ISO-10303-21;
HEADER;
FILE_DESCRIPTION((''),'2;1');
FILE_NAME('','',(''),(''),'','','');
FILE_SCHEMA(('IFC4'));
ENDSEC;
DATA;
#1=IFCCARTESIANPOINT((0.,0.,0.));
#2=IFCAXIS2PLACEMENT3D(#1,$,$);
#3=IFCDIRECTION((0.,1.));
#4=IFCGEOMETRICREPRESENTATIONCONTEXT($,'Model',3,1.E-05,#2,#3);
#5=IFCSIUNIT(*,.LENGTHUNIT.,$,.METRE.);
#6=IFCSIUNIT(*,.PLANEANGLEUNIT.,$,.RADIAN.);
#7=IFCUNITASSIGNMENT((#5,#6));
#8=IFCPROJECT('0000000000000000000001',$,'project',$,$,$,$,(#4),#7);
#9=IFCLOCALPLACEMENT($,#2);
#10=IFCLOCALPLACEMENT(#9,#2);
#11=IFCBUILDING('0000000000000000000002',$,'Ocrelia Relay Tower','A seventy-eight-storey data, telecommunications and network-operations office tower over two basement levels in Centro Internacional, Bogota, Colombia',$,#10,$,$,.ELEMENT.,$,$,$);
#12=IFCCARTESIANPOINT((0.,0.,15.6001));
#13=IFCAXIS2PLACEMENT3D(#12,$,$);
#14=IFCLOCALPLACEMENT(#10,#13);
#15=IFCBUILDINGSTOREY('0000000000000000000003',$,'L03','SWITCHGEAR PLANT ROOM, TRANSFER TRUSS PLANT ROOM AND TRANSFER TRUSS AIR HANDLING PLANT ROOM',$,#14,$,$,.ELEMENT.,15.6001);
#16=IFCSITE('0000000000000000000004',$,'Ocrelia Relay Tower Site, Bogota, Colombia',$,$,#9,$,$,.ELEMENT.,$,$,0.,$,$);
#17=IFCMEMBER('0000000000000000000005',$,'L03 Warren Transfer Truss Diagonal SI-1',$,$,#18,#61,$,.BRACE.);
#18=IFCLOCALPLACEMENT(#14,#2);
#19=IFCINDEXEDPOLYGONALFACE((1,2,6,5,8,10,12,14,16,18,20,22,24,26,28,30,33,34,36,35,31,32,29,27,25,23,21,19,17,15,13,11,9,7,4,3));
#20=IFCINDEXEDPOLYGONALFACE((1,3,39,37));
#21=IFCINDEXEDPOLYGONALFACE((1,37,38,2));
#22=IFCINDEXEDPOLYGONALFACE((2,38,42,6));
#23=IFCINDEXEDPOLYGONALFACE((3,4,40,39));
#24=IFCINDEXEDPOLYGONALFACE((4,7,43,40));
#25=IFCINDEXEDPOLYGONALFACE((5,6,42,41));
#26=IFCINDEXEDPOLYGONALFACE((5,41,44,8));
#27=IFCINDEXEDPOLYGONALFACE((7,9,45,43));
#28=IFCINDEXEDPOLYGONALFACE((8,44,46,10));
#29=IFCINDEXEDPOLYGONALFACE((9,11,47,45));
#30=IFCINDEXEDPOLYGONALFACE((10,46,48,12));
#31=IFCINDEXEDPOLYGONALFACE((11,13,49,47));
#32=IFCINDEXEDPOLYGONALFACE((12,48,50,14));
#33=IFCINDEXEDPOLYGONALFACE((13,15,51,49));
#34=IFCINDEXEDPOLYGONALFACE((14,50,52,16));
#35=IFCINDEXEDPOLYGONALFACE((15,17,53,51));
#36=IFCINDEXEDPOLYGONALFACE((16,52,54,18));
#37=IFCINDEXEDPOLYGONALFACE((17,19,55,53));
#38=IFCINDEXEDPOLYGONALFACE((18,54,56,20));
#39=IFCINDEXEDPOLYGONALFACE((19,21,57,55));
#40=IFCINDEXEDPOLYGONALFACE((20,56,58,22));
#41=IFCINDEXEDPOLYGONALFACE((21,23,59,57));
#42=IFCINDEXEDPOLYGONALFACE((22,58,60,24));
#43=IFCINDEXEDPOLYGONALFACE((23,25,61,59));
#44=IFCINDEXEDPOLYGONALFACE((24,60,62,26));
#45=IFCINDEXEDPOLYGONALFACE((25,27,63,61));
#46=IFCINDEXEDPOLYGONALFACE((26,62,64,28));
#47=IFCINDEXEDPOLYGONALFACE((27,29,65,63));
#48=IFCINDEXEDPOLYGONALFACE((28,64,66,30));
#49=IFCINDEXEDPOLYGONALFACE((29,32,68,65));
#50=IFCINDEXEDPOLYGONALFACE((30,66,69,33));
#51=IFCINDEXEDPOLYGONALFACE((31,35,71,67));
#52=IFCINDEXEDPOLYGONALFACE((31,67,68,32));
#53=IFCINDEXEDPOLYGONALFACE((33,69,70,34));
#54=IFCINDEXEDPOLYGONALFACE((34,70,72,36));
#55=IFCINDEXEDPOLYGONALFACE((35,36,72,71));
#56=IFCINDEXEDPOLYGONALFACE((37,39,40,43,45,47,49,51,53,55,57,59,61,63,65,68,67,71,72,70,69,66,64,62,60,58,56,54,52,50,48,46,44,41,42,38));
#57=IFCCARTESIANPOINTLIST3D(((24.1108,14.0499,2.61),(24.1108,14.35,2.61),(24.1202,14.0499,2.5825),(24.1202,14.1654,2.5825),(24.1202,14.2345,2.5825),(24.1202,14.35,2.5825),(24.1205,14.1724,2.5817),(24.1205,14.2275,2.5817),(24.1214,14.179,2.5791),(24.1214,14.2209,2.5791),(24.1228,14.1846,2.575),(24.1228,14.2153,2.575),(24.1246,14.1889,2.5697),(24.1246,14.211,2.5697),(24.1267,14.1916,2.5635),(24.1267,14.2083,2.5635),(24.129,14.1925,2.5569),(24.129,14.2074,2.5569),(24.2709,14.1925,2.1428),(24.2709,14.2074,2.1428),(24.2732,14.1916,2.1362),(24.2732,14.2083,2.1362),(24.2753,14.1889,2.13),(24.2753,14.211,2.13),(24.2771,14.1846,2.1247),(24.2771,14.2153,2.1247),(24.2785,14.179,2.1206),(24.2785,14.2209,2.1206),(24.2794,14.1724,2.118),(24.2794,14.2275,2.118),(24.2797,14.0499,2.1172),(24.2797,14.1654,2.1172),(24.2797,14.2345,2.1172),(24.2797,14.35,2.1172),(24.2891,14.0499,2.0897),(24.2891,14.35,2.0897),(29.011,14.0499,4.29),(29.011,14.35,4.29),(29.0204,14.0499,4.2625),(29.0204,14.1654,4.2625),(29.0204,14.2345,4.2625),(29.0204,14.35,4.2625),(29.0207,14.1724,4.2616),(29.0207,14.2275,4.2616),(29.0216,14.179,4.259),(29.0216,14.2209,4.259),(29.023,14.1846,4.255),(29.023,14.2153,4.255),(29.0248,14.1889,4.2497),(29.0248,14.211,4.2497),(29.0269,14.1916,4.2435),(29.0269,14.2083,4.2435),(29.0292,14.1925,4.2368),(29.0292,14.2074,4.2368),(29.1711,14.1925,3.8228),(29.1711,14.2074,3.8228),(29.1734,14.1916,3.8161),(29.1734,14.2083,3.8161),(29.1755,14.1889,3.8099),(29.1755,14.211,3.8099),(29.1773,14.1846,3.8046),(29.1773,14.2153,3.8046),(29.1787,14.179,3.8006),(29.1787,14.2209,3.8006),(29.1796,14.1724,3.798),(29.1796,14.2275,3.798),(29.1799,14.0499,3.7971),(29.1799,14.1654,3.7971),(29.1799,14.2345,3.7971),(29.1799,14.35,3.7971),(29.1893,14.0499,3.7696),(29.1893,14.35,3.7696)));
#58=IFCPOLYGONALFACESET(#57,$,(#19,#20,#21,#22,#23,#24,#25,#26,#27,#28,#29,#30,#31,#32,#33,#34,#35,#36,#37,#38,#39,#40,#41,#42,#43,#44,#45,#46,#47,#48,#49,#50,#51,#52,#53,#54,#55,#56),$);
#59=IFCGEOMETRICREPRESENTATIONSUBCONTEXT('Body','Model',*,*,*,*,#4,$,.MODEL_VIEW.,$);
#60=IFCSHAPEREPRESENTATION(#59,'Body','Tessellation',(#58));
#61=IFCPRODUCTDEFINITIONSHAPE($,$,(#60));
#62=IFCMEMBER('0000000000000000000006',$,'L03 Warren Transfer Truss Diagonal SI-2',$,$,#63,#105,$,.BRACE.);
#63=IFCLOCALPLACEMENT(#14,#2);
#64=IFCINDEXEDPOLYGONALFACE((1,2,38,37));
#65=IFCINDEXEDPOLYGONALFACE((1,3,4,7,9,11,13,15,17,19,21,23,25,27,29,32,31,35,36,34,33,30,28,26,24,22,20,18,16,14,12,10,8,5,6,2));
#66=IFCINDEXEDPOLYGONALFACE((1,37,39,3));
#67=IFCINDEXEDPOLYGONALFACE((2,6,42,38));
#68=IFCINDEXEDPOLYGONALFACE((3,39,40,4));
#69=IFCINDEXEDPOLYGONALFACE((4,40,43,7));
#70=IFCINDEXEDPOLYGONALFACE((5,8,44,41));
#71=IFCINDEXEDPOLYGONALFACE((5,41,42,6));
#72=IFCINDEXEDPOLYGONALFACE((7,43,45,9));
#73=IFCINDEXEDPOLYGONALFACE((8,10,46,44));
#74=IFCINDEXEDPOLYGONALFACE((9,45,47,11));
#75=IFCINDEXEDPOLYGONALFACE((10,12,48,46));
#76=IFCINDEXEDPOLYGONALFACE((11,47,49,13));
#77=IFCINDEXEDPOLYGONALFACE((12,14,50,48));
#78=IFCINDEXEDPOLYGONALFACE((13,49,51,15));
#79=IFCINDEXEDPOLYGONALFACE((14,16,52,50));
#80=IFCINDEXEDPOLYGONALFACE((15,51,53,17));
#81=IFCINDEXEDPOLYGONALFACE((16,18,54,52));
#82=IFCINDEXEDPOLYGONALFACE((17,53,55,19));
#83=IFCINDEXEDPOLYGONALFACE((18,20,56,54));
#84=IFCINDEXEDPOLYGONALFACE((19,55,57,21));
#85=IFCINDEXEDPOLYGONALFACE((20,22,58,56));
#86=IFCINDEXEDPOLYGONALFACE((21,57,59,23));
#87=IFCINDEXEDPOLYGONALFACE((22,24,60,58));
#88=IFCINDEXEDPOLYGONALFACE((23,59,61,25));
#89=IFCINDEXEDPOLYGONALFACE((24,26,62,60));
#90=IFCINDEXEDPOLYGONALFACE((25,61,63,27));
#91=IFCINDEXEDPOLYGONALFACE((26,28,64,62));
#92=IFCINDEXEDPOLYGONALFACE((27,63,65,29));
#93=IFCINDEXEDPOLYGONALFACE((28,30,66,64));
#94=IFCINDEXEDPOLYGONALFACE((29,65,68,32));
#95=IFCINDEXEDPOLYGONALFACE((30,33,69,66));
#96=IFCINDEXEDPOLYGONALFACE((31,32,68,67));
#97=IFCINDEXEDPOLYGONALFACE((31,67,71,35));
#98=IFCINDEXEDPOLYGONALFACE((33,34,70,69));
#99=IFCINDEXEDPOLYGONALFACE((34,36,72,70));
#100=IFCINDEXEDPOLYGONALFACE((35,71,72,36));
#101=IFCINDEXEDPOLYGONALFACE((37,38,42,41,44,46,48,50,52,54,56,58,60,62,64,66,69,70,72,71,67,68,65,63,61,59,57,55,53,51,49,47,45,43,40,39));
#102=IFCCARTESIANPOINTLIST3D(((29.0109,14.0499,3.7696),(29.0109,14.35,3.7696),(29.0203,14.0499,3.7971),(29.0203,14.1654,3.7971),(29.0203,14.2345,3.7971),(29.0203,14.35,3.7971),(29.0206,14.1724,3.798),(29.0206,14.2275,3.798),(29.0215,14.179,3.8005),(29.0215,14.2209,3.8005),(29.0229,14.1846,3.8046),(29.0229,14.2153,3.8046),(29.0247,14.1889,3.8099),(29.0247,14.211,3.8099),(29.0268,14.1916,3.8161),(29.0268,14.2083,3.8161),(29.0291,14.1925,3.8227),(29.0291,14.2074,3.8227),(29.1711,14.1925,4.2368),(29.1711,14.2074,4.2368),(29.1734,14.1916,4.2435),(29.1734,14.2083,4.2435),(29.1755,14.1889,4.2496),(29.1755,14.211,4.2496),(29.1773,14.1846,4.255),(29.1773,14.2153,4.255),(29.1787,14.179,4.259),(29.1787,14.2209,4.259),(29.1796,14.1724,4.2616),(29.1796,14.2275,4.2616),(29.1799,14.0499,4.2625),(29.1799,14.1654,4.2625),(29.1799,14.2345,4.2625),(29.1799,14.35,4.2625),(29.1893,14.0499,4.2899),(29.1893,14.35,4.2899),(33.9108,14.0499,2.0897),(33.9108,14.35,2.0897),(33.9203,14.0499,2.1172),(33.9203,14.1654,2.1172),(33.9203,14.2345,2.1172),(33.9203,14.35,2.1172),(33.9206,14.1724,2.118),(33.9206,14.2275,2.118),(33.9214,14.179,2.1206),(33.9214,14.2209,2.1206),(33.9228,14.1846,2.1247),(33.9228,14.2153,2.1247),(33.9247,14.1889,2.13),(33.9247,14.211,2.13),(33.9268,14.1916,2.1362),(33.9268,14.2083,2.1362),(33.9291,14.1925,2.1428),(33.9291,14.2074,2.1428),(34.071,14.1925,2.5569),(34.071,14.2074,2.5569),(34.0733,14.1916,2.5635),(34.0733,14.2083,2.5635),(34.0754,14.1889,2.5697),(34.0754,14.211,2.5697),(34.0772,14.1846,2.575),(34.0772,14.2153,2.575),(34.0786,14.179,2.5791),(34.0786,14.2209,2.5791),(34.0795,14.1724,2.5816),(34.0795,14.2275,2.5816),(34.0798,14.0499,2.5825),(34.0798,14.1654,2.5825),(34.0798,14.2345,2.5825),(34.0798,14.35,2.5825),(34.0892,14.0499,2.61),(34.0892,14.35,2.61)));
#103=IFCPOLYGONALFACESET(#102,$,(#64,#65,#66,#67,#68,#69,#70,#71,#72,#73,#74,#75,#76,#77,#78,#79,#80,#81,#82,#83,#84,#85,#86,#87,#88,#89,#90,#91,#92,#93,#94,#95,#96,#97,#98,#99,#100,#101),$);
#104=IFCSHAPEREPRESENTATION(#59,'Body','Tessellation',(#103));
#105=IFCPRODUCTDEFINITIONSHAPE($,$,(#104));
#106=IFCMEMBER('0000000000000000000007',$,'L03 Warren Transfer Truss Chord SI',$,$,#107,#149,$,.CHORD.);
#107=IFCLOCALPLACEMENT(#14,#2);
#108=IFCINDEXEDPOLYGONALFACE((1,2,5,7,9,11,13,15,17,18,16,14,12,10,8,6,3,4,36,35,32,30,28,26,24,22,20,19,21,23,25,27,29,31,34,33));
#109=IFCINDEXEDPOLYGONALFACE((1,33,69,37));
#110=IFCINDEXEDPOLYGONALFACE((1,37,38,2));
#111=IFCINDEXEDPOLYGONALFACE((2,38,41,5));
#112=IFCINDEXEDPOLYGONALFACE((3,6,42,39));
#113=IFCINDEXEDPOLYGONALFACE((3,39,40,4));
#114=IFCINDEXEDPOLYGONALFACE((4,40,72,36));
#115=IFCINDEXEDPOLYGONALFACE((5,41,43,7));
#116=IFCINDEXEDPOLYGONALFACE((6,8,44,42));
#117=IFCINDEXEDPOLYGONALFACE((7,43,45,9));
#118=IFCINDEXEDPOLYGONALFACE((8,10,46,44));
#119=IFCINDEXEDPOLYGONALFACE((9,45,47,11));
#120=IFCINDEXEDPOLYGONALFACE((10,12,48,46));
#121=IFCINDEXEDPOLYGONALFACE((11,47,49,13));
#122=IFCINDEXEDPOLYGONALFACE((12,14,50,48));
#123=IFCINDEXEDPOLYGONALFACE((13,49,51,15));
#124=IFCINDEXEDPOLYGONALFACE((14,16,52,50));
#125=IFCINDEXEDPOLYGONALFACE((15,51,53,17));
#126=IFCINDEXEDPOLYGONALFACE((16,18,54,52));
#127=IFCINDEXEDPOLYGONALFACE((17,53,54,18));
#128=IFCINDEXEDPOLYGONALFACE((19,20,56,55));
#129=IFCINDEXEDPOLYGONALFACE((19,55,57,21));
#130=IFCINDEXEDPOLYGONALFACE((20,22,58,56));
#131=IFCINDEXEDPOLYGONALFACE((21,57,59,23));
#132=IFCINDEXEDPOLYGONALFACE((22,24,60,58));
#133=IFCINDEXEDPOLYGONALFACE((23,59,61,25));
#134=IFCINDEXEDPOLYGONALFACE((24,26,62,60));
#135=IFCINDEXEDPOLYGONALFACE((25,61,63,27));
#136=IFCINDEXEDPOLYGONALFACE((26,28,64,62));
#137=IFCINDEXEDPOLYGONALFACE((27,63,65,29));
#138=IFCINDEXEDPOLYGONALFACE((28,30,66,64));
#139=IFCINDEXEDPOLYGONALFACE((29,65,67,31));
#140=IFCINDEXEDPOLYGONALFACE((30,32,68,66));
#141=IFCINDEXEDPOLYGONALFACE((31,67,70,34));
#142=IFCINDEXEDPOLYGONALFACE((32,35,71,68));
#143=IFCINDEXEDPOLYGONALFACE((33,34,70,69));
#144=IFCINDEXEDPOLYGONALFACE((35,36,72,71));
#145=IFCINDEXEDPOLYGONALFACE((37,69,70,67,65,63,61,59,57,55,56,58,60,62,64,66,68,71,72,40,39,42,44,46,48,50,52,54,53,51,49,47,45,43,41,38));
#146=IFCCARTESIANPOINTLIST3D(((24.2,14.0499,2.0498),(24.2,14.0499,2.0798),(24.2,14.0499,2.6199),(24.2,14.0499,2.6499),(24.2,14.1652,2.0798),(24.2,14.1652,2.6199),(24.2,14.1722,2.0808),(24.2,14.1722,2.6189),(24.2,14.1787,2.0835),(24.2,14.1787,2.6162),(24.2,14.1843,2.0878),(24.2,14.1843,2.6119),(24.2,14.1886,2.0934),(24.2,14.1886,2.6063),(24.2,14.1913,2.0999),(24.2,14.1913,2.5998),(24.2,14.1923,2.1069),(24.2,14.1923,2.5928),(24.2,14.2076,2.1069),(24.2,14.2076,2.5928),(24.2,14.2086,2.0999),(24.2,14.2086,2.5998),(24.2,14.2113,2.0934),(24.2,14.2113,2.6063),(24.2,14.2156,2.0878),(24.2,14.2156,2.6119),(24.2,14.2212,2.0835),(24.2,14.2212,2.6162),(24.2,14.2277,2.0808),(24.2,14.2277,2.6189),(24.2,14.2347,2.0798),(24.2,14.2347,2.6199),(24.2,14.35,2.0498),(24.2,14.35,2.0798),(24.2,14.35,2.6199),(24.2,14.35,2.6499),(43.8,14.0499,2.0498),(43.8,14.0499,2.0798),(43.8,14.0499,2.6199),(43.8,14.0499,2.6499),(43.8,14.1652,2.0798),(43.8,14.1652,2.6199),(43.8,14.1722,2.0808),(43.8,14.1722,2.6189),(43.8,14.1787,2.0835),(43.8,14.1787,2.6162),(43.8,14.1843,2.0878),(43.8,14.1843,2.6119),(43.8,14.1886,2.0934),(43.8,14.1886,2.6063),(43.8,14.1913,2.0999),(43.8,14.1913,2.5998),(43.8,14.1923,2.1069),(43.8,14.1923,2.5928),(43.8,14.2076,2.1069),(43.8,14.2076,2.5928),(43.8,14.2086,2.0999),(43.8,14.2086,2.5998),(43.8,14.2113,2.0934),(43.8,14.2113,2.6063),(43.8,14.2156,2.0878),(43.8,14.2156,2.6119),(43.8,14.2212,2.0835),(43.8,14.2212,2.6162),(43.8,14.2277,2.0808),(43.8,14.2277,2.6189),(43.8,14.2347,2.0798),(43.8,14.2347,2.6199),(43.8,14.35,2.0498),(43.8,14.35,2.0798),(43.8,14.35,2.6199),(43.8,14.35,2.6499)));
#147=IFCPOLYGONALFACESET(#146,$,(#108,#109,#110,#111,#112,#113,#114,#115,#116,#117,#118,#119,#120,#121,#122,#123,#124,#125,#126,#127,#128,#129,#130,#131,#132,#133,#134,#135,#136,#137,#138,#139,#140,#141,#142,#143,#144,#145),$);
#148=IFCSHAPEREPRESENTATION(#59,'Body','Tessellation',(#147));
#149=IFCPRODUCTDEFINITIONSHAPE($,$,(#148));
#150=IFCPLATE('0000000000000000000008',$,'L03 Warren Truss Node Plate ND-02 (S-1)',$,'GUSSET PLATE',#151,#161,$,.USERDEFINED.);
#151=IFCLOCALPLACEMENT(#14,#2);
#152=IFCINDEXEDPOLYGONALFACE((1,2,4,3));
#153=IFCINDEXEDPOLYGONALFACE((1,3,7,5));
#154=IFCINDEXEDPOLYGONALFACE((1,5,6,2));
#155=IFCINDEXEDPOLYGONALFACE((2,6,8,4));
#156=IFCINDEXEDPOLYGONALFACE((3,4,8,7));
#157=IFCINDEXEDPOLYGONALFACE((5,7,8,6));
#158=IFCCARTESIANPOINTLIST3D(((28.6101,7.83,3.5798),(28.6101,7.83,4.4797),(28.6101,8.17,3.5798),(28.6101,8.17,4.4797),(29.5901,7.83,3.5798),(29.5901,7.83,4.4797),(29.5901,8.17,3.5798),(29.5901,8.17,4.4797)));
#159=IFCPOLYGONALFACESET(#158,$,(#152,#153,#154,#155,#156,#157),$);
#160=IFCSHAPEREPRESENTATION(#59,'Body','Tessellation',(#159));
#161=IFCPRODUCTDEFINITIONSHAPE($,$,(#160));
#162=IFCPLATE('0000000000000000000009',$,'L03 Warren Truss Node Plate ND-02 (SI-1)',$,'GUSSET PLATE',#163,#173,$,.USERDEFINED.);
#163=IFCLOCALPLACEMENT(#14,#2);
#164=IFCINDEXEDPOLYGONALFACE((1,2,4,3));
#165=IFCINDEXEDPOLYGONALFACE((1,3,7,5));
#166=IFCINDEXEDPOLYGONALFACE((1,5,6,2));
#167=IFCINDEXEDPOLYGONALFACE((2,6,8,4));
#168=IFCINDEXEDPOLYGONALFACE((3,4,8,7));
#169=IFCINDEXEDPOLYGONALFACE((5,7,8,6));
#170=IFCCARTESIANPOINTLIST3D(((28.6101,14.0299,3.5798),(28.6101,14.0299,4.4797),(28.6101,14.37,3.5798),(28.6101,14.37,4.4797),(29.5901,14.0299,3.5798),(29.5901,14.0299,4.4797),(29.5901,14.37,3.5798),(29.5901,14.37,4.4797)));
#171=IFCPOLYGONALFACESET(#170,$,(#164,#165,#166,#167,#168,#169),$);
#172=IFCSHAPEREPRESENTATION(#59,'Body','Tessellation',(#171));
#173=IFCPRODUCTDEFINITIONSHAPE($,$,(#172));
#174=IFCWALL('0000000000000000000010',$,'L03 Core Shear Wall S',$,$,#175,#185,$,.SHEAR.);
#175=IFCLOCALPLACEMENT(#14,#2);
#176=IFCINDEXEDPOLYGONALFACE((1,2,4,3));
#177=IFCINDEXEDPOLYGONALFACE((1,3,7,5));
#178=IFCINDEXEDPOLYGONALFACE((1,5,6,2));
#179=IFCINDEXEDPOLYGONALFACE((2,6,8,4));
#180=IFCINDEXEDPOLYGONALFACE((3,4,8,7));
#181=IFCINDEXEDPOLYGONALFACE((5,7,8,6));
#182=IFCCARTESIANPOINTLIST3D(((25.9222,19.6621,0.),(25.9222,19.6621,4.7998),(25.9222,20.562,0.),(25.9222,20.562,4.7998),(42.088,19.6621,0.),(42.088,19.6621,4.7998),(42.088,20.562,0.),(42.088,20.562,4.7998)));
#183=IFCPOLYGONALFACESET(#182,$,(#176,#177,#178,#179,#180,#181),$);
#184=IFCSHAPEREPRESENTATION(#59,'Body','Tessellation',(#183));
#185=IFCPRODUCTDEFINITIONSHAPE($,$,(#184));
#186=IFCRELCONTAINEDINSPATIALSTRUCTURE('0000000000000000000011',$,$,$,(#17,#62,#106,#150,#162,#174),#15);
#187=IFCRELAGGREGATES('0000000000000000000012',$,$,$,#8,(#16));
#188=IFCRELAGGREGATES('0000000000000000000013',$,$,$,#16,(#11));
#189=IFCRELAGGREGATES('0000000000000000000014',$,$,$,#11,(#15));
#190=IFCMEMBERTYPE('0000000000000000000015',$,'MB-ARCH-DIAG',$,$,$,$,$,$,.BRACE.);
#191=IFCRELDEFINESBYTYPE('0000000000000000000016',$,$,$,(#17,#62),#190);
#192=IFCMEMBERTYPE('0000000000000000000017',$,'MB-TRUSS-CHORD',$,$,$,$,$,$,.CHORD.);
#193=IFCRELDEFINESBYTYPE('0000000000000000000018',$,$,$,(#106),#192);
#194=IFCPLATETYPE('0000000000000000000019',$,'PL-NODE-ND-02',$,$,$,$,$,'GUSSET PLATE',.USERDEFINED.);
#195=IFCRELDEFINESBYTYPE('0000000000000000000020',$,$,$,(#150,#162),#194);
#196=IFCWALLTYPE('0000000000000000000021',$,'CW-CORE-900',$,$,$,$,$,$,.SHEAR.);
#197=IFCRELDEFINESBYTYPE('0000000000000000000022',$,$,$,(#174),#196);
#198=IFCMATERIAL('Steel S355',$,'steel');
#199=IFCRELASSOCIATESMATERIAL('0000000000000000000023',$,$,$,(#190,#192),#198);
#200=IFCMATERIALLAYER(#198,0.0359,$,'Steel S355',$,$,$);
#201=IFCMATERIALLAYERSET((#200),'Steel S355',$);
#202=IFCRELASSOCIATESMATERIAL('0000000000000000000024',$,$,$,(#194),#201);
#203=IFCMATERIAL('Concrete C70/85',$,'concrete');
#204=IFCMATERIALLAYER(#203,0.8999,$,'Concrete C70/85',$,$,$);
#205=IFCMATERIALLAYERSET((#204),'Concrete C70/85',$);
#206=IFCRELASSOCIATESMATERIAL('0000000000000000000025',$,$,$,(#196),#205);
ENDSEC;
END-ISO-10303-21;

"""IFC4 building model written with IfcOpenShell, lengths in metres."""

from ifc_helpers import new_model, si_unit, direction, frame, frame_2d, origin, origin_2d, place, context, subcontext, project, spatial, rectangle, i_section, extrude, material, layer, layer_set, material_profile, profile_set, type_object, element, save


model = new_model("IFC4")

# Units and contexts
model_context = context("Model", 3, precision=1e-05, world=origin(), true_north=direction((0.0, 1.0)))
body_context = subcontext(model_context, "Body", "Model", "MODEL_VIEW")
ifc_project = project(units=[si_unit("LENGTHUNIT", "METRE"), si_unit("PLANEANGLEUNIT", "RADIAN")], contexts=[model_context])

# Site, building, storey
site_placement = place(None, origin())
site = spatial("IfcSite", under=ifc_project, at=site_placement, Name="Ocrelia Relay Tower Site, Bogota, Colombia", CompositionType="ELEMENT", RefElevation=0.0)
building_placement = place(site_placement, origin())
building = spatial("IfcBuilding", under=site, at=building_placement, Name="Ocrelia Relay Tower", Description="A seventy-eight-storey data, telecommunications and network-operations office tower over two basement levels in Centro Internacional, Bogota, Colombia", CompositionType="ELEMENT")
storey_placement = place(building_placement, frame((0.0, 0.0, 15.6001)))
storey = spatial("IfcBuildingStorey", under=building, at=storey_placement, Name="L03", Description="SWITCHGEAR PLANT ROOM, TRANSFER TRUSS PLANT ROOM AND TRANSFER TRUSS AIR HANDLING PLANT ROOM", CompositionType="ELEMENT", Elevation=15.6001)

# Shared definitions
ifc_material_1 = material(Name="Concrete C70/85", Category="concrete")

# Shared definitions
ifc_material_2 = material(Name="Steel S355", Category="steel")

# Members
ifc_material_profile_1 = material_profile(ifc_material_2, i_section(OverallWidth=0.3, OverallDepth=0.55, WebThickness=0.0149, FlangeThickness=0.0291, FilletRadius=0.0271, at=origin_2d()), Name="HEB 550")
ifc_profile_set_1 = profile_set([ifc_material_profile_1], Name="Steel S355")
member_type_1 = type_object("IfcMemberType", Name="MB-ARCH-DIAG", PredefinedType="BRACE", material=ifc_profile_set_1)
member_1_placement = place(storey_placement, frame((24.2, 14.2, 2.3499), z_axis=(0.945953, 0.0, 0.324304), x_axis=(0.0, 1.0, 0.0)))
element("IfcMember", 1, at=member_1_placement, inside=storey, type_object=member_type_1, Name="L03 Warren Transfer Truss Diagonal SI-1", PredefinedType="BRACE", context=body_context, shape_type="SweptSolid", body=[
    extrude(i_section(OverallWidth=0.3, OverallDepth=0.55, WebThickness=0.0149, FlangeThickness=0.0291, FilletRadius=0.0271, at=origin_2d()), origin(), (0.0, 0.0, 1.0), 5.1802),
])
member_2_placement = place(storey_placement, frame((29.1001, 14.2, 4.0298), z_axis=(0.945948, 0.0, -0.324318), x_axis=(0.0, 1.0, 0.0)))
element("IfcMember", 2, at=member_2_placement, inside=storey, type_object=member_type_1, Name="L03 Warren Transfer Truss Diagonal SI-2", PredefinedType="BRACE", context=body_context, shape_type="SweptSolid", body=[
    extrude(i_section(OverallWidth=0.3, OverallDepth=0.55, WebThickness=0.0149, FlangeThickness=0.0291, FilletRadius=0.0271, at=origin_2d()), origin(), (0.0, 0.0, 1.0), 5.1799),
])
ifc_material_profile_2 = material_profile(ifc_material_2, i_section(OverallWidth=0.3, OverallDepth=0.6001, WebThickness=0.0154, FlangeThickness=0.03, FilletRadius=0.0271, at=origin_2d()), Name="HEB 600")
ifc_profile_set_2 = profile_set([ifc_material_profile_2], Name="Steel S355")
member_type_2 = type_object("IfcMemberType", Name="MB-TRUSS-CHORD", PredefinedType="CHORD", material=ifc_profile_set_2)
member_3_placement = place(storey_placement, frame((24.2, 14.2, 2.3499), z_axis=(1.0, 0.0, 0.0), x_axis=(0.0, 1.0, 0.0)))
element("IfcMember", 3, at=member_3_placement, inside=storey, type_object=member_type_2, Name="L03 Warren Transfer Truss Chord SI", PredefinedType="CHORD", context=body_context, shape_type="SweptSolid", body=[
    extrude(i_section(OverallWidth=0.3, OverallDepth=0.6001, WebThickness=0.0154, FlangeThickness=0.03, FilletRadius=0.0271, at=origin_2d()), origin(), (0.0, 0.0, 1.0), 19.6001),
])

# Plates
ifc_layer_1 = layer(ifc_material_2, 0.0359, Name="Steel S355")
ifc_layer_set_1 = layer_set([ifc_layer_1], Name="Steel S355")
plate_type = type_object("IfcPlateType", Name="PL-NODE-ND-02", ElementType="GUSSET PLATE", PredefinedType="USERDEFINED", material=ifc_layer_set_1)
for number, where, z_axis, x_axis, name in (
    (4, (29.1001, 8.0, 3.5798), (0.0, 0.0, 1.0), (1.0, 0.0, 0.0), "L03 Warren Truss Node Plate ND-02 (S-1)"),
    (5, (29.1001, 14.2, 3.5798), (0.0, 0.0, 1.0), (1.0, 0.0, 0.0), "L03 Warren Truss Node Plate ND-02 (SI-1)"),
):
    element("IfcPlate", number, at=place(storey_placement, frame(where, z_axis=z_axis, x_axis=x_axis)), inside=storey, type_object=plate_type, Name=name, ObjectType="GUSSET PLATE", PredefinedType="USERDEFINED", context=body_context, shape_type="SweptSolid", body=[
        extrude(rectangle(XDim=0.98, YDim=0.3401, at=origin_2d()), origin(), (0.0, 0.0, 1.0), 0.8999),
    ])

# Wall
ifc_layer_2 = layer(ifc_material_1, 0.8999, Name="Concrete C70/85")
ifc_layer_set_2 = layer_set([ifc_layer_2], Name="Concrete C70/85")
wall_type_1 = type_object("IfcWallType", Name="CW-CORE-900", PredefinedType="SHEAR", material=ifc_layer_set_2)
wall_1_placement = place(storey_placement, frame((25.9221, 20.1121, 0.0), z_axis=(0.0, 0.0, 1.0), x_axis=(1.0, 0.0, 0.0)))
element("IfcWall", 6, at=wall_1_placement, inside=storey, type_object=wall_type_1, Name="L03 Core Shear Wall S", PredefinedType="SHEAR", context=body_context, shape_type="SweptSolid", body=[
    extrude(rectangle(XDim=16.1658, YDim=0.8999, at=frame_2d((8.083, 0.0))), origin(), (0.0, 0.0, 1.0), 4.7998),
])

save(model, "model.ifc")
